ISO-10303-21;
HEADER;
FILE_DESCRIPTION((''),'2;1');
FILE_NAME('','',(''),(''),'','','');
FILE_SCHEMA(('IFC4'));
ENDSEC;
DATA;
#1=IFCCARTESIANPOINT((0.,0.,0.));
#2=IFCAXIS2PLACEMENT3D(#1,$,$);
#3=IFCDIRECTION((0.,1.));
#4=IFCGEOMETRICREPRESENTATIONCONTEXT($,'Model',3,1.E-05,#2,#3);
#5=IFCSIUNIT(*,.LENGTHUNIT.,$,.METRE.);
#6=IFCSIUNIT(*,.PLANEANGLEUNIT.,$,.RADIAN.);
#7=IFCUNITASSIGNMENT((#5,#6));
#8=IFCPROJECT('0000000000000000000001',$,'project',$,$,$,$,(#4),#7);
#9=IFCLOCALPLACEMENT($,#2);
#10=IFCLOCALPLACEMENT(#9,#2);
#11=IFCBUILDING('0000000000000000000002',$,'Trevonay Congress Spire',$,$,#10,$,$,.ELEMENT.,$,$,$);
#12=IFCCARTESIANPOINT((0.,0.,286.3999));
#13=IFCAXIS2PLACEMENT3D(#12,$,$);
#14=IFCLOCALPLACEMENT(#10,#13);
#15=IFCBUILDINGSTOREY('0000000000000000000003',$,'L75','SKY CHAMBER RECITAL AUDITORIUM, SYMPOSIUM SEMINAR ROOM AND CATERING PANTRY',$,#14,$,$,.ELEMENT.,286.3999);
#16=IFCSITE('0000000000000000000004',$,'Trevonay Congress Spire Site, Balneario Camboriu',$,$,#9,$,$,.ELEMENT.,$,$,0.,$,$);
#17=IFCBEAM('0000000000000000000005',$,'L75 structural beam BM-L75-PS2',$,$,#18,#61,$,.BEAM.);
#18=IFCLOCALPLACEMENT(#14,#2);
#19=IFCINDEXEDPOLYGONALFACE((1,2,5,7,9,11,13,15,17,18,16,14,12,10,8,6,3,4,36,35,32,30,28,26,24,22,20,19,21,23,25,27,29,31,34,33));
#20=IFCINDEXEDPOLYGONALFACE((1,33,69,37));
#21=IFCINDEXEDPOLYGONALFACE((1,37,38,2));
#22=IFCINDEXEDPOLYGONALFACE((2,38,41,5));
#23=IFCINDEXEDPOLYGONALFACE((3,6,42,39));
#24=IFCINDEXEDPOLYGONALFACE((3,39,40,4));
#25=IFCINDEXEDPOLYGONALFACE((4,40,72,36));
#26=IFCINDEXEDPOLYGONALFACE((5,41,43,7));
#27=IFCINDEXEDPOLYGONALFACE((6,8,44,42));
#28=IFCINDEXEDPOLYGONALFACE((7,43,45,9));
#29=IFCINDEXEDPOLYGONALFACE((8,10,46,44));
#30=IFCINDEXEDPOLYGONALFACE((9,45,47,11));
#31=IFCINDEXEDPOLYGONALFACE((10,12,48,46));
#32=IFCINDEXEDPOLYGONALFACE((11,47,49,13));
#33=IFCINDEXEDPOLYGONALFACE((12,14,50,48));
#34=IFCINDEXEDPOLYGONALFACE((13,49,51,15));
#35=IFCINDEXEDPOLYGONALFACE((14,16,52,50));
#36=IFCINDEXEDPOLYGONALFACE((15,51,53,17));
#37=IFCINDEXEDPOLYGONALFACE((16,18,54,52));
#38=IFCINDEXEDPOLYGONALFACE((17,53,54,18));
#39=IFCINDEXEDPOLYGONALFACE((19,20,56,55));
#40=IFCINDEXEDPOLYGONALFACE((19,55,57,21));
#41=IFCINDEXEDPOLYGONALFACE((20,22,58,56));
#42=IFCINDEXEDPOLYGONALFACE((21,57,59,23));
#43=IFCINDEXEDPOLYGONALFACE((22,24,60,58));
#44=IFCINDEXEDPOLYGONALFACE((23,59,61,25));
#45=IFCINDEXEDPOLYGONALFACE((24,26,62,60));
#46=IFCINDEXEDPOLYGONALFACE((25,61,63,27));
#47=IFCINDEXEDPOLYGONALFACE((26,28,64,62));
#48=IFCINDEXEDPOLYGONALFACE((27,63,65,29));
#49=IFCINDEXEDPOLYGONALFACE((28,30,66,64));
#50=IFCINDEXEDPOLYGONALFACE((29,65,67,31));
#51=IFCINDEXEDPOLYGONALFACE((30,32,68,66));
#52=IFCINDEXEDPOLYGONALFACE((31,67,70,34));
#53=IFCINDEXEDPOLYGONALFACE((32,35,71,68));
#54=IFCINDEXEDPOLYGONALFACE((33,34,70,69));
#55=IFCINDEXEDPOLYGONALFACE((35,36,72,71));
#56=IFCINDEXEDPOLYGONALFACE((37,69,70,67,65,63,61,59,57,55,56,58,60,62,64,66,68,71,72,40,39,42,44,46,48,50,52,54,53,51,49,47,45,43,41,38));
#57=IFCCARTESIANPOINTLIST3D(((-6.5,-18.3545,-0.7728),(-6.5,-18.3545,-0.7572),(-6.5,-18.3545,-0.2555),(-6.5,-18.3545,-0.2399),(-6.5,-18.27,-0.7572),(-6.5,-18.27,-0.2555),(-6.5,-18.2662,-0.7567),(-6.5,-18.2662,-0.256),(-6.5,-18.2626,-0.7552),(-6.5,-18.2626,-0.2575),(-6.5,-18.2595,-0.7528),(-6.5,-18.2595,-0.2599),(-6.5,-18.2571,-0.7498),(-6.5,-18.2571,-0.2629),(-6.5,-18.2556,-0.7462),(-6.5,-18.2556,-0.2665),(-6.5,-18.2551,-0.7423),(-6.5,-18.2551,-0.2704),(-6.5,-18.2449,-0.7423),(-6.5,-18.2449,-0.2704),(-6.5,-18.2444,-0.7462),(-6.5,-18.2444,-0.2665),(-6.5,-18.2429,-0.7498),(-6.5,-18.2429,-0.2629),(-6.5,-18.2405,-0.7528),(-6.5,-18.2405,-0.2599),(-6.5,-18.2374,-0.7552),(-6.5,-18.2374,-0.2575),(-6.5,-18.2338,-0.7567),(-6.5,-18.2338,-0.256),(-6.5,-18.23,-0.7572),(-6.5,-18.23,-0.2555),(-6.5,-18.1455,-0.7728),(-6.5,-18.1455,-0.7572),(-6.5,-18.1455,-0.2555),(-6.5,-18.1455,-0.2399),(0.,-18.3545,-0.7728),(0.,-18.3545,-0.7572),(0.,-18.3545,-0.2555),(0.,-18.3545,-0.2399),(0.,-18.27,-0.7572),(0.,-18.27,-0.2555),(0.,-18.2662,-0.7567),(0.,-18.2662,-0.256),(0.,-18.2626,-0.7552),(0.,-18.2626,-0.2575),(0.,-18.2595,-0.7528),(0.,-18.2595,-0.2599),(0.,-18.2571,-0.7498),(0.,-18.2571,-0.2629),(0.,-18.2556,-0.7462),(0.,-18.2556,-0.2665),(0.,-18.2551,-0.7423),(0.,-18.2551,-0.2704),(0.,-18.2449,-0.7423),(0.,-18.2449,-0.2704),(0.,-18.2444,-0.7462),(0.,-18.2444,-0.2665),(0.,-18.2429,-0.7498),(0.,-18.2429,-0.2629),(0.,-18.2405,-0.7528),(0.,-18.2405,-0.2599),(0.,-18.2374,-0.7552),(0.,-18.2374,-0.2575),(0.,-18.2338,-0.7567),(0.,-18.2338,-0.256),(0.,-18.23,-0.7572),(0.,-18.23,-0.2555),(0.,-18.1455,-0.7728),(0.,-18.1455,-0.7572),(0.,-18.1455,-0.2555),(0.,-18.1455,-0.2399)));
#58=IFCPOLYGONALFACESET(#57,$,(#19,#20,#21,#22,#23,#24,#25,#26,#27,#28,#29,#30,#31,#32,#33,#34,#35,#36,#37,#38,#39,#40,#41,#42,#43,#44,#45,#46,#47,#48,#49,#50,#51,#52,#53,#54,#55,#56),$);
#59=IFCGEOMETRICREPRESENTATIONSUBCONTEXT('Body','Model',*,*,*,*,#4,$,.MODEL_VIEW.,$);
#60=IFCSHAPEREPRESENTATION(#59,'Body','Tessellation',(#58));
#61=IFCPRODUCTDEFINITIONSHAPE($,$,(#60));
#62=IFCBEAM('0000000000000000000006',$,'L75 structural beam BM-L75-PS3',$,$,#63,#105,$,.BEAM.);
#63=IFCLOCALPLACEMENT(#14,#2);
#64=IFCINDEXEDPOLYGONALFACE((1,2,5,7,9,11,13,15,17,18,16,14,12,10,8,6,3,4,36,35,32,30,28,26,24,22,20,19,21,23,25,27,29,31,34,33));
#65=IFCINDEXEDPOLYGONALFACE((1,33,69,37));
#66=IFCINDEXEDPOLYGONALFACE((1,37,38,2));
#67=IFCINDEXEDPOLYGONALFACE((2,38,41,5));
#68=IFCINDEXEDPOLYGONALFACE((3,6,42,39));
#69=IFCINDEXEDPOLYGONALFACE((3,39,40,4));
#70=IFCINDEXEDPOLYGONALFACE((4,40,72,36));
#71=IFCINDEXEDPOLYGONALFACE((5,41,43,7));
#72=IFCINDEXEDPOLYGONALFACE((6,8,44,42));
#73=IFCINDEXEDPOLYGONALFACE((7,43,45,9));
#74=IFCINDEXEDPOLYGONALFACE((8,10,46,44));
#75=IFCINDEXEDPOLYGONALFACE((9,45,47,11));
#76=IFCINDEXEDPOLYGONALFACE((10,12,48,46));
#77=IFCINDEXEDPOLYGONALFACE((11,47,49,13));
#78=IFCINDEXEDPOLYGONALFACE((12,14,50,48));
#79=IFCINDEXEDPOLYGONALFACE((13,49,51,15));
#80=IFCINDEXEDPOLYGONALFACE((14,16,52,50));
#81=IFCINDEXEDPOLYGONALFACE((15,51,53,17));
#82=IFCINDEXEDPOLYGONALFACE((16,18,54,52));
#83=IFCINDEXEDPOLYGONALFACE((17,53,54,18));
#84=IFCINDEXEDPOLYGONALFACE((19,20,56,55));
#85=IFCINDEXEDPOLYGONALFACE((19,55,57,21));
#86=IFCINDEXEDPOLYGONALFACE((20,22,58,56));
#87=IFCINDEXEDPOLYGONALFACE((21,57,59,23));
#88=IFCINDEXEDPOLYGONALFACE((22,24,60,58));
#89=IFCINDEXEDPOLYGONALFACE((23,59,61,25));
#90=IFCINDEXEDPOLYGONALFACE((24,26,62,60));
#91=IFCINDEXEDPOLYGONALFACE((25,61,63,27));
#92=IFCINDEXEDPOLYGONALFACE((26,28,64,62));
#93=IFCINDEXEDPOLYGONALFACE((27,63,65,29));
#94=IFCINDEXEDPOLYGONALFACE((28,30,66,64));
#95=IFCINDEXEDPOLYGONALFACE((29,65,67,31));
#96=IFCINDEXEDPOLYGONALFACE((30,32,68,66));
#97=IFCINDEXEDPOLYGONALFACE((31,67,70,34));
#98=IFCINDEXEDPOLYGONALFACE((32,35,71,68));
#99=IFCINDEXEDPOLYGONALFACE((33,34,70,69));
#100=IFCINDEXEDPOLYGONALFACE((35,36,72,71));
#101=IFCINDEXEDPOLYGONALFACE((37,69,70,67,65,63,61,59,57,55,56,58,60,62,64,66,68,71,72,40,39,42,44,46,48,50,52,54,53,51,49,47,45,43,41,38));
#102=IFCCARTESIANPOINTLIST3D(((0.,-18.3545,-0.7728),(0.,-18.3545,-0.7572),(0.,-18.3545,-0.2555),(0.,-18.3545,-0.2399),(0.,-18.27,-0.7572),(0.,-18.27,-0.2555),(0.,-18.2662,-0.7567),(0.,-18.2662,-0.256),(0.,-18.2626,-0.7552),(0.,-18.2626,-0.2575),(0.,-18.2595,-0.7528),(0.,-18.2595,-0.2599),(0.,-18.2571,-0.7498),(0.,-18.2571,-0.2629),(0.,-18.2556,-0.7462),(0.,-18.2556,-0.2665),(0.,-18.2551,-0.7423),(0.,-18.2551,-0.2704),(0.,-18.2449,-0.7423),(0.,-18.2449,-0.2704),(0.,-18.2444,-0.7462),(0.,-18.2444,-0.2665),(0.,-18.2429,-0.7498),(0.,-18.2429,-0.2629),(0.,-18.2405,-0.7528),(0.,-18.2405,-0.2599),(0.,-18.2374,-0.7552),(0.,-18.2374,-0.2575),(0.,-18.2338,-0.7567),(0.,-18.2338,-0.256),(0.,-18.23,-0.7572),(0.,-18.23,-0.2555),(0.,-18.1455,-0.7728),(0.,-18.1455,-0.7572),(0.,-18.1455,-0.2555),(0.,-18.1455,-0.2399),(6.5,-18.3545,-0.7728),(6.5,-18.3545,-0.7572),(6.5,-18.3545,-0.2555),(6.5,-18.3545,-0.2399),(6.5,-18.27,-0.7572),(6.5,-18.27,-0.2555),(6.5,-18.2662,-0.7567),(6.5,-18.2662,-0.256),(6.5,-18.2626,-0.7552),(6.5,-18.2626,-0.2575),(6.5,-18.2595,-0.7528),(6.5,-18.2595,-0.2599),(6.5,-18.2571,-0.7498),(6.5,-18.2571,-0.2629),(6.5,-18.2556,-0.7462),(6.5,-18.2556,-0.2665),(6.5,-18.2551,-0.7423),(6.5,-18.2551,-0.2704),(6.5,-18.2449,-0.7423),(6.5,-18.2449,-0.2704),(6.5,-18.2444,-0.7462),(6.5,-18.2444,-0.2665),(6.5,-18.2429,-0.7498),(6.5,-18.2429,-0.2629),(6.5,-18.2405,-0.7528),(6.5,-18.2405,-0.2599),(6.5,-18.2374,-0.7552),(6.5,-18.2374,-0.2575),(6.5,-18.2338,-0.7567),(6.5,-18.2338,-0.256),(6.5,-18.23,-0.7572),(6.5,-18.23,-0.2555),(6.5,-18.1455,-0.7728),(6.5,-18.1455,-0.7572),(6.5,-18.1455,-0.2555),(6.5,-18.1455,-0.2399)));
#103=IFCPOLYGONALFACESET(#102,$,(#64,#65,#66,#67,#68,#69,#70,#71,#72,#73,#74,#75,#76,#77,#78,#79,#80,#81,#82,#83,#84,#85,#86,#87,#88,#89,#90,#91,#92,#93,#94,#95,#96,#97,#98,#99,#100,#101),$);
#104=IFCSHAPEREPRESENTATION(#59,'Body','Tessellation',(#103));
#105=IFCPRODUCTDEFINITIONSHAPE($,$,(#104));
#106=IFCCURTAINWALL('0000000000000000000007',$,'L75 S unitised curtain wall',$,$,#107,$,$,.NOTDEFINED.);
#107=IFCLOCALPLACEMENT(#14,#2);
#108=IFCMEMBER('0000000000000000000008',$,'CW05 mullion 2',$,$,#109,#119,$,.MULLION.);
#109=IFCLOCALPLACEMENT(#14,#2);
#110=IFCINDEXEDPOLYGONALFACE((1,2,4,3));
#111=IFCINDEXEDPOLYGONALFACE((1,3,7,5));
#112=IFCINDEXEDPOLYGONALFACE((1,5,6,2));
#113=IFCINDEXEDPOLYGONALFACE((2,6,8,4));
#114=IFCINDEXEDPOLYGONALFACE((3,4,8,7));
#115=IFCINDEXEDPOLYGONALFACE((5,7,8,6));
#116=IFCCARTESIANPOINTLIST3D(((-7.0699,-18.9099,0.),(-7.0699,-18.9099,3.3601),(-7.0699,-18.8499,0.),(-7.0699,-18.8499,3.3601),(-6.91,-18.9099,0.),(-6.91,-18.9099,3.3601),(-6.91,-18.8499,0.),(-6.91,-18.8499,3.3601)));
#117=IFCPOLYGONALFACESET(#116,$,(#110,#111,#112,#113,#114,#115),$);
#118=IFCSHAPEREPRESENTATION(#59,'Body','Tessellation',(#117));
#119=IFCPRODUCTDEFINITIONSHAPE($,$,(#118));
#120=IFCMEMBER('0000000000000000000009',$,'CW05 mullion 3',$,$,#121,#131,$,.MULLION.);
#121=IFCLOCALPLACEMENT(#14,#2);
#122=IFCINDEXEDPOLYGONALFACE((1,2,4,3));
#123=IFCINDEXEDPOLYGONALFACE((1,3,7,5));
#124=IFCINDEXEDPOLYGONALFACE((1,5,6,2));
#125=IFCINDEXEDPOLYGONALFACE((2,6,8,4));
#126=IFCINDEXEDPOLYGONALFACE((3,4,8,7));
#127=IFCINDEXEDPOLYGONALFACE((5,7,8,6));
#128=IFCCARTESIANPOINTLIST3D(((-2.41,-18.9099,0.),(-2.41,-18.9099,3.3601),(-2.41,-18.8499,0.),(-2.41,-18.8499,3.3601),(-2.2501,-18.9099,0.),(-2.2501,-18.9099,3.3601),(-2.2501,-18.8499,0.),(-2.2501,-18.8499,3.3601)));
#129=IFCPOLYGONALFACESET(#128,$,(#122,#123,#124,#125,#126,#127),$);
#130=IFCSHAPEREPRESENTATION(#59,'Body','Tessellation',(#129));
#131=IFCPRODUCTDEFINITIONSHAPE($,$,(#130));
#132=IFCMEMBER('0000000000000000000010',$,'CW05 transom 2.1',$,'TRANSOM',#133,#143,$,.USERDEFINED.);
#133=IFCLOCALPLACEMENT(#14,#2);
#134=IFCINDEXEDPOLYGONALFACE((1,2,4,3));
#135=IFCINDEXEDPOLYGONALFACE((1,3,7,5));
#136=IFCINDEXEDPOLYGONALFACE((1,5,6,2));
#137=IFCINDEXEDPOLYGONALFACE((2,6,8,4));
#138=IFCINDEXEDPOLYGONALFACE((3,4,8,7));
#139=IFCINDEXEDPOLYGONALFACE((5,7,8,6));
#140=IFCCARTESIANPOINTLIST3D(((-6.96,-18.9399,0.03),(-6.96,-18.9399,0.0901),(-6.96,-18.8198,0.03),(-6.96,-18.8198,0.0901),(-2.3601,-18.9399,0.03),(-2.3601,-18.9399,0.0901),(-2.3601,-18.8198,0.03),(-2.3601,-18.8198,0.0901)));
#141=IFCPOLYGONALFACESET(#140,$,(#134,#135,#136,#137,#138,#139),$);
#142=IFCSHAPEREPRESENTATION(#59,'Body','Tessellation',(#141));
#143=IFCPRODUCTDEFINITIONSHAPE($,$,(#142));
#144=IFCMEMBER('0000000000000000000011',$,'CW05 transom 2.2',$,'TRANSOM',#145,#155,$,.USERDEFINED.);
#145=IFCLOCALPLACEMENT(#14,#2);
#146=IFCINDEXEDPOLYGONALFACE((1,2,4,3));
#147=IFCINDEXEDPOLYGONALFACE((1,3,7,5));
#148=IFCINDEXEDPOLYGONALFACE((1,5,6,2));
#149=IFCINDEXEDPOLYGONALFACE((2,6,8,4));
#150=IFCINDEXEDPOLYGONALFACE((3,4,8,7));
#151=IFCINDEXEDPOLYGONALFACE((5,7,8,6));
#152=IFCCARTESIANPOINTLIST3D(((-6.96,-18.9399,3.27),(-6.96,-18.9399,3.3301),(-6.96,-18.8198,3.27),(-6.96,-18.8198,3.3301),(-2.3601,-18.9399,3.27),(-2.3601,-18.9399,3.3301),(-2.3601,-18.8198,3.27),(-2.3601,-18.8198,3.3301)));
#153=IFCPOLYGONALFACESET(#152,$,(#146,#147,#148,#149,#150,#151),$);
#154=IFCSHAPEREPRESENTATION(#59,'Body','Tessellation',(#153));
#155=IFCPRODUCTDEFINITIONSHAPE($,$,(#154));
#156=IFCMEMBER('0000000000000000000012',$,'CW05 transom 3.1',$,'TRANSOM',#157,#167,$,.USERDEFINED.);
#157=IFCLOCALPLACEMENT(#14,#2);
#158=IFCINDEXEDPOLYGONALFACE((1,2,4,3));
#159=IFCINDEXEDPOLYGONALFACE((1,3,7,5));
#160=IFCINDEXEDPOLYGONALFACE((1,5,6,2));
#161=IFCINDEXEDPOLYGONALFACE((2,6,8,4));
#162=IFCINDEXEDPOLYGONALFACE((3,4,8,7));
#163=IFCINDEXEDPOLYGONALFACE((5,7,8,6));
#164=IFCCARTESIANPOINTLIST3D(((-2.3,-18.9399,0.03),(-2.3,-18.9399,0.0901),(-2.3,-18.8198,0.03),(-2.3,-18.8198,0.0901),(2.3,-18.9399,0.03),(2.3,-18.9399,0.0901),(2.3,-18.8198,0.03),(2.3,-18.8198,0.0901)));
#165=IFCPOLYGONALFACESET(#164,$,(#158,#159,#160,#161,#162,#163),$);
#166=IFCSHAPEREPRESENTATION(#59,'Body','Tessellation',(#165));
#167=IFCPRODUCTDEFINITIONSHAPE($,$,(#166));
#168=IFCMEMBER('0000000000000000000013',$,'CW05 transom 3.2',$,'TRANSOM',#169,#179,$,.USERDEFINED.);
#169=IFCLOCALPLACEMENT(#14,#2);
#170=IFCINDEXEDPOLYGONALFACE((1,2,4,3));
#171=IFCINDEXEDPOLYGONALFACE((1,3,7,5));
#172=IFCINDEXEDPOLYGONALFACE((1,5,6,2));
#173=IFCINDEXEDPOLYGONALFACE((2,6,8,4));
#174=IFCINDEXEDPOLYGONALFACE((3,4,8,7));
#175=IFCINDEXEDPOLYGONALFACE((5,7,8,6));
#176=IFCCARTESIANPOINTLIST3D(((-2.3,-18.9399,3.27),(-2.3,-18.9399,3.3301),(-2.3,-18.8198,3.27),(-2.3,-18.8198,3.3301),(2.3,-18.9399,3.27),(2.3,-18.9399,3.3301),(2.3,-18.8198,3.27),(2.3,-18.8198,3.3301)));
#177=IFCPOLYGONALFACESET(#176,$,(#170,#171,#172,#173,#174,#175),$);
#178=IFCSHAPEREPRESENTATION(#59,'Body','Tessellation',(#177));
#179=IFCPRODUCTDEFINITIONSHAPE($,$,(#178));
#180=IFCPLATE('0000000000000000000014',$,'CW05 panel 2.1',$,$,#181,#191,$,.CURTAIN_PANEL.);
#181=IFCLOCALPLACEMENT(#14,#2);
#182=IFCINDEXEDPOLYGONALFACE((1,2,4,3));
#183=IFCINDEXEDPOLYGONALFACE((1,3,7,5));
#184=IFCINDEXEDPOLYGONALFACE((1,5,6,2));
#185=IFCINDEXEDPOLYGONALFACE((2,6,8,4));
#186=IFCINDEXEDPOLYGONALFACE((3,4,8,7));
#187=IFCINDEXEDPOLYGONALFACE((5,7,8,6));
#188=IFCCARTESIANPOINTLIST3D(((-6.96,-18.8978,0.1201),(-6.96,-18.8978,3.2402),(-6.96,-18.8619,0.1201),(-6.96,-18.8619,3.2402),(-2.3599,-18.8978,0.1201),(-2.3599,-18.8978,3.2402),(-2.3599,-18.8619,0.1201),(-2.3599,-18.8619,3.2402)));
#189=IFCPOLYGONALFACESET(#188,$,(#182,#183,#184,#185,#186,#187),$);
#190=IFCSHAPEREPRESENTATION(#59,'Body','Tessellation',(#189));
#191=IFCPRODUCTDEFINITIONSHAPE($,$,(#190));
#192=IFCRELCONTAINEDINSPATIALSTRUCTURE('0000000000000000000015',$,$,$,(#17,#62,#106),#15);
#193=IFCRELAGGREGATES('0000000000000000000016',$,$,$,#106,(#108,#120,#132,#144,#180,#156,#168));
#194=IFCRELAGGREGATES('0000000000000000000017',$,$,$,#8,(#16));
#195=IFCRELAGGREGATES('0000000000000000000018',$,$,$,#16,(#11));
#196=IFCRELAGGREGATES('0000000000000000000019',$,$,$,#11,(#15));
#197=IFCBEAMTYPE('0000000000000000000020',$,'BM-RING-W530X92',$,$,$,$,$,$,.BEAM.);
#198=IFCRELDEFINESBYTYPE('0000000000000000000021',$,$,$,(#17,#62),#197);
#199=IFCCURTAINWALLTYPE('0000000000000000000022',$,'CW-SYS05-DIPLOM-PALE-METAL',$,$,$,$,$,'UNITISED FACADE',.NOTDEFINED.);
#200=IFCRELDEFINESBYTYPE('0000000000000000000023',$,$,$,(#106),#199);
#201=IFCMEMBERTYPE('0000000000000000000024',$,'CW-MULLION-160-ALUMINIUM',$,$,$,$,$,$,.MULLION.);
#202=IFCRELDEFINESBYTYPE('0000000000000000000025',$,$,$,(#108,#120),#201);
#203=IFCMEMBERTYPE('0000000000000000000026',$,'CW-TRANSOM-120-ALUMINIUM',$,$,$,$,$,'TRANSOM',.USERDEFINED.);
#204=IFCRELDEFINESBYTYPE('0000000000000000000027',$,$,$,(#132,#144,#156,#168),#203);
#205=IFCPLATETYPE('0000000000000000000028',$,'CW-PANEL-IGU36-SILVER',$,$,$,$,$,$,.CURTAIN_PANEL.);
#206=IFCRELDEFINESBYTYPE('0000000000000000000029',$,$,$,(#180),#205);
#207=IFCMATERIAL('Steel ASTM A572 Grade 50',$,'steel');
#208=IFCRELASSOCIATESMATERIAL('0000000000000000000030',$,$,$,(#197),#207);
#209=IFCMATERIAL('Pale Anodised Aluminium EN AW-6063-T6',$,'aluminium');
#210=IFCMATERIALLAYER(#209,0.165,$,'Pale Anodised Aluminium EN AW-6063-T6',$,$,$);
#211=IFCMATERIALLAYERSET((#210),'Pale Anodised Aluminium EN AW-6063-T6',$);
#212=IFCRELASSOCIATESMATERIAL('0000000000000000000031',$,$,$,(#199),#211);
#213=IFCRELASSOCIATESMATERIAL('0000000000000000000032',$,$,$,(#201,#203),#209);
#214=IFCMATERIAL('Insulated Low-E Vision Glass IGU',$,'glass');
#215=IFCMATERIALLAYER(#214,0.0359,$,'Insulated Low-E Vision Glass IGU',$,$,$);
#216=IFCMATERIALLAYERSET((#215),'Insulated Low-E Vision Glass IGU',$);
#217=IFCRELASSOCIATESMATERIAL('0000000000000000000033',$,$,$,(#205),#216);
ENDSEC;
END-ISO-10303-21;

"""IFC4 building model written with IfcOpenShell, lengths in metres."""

from ifc_helpers import new_model, si_unit, direction, frame, origin, origin_2d, place, context, subcontext, project, spatial, rectangle, i_section, extrude, material, layer, layer_set, material_profile, profile_set, type_object, element, aggregate, save


model = new_model("IFC4")

# Units and contexts
model_context = context("Model", 3, precision=1e-05, world=origin(), true_north=direction((0.0, 1.0)))
body_context = subcontext(model_context, "Body", "Model", "MODEL_VIEW")
ifc_project = project(units=[si_unit("LENGTHUNIT", "METRE"), si_unit("PLANEANGLEUNIT", "RADIAN")], contexts=[model_context])

# Site, building, storey
site_placement = place(None, origin())
site = spatial("IfcSite", under=ifc_project, at=site_placement, Name="Trevonay Congress Spire Site, Balneario Camboriu", CompositionType="ELEMENT", RefElevation=0.0)
building_placement = place(site_placement, origin())
building = spatial("IfcBuilding", under=site, at=building_placement, Name="Trevonay Congress Spire", CompositionType="ELEMENT")
storey_placement = place(building_placement, frame((0.0, 0.0, 286.3999)))
storey = spatial("IfcBuildingStorey", under=building, at=storey_placement, Name="L75", Description="SKY CHAMBER RECITAL AUDITORIUM, SYMPOSIUM SEMINAR ROOM AND CATERING PANTRY", CompositionType="ELEMENT", Elevation=286.3999)

# Shared definitions
ifc_material_1 = material(Name="Steel ASTM A572 Grade 50", Category="steel")

# Beams
ifc_material_profile_1 = material_profile(ifc_material_1, i_section(OverallWidth=0.209, OverallDepth=0.533, WebThickness=0.0103, FlangeThickness=0.0156, FilletRadius=0.0149, at=origin_2d()), Name="W530x92")
ifc_profile_set_1 = profile_set([ifc_material_profile_1], Name="Steel ASTM A572 Grade 50")
beam_type_1 = type_object("IfcBeamType", Name="BM-RING-W530X92", PredefinedType="BEAM", material=ifc_profile_set_1)
for number, where, z_axis, x_axis, name in (
    (1, (-6.5, -18.25, -0.5063), (1.0, 0.0, 0.0), (0.0, 1.0, 0.0), "L75 structural beam BM-L75-PS2"),
    (2, (0.0, -18.25, -0.5063), (1.0, 0.0, 0.0), (0.0, 1.0, 0.0), "L75 structural beam BM-L75-PS3"),
):
    element("IfcBeam", number, at=place(storey_placement, frame(where, z_axis=z_axis, x_axis=x_axis)), inside=storey, type_object=beam_type_1, Name=name, PredefinedType="BEAM", context=body_context, shape_type="SweptSolid", body=[
        extrude(i_section(OverallWidth=0.209, OverallDepth=0.533, WebThickness=0.0103, FlangeThickness=0.0156, FilletRadius=0.0149, at=origin_2d()), origin(), (0.0, 0.0, 1.0), 6.5),
    ])

# Curtain wall, members, plate
ifc_material_2 = material(Name="Pale Anodised Aluminium EN AW-6063-T6", Category="aluminium")
ifc_layer_1 = layer(ifc_material_2, 0.165, Name="Pale Anodised Aluminium EN AW-6063-T6")
ifc_layer_set_1 = layer_set([ifc_layer_1], Name="Pale Anodised Aluminium EN AW-6063-T6")
curtain_wall_type = type_object("IfcCurtainWallType", Name="CW-SYS05-DIPLOM-PALE-METAL", ElementType="UNITISED FACADE", PredefinedType="NOTDEFINED", material=ifc_layer_set_1)
curtain_wall_placement = place(storey_placement, origin())
curtain_wall = element("IfcCurtainWall", 3, at=curtain_wall_placement, inside=storey, type_object=curtain_wall_type, Name="L75 S unitised curtain wall", PredefinedType="NOTDEFINED")
ifc_material_profile_2 = material_profile(ifc_material_2, rectangle(XDim=0.0601, YDim=0.1599, at=origin_2d()), Name="CW-MULLION-160-ALUMINIUM")
ifc_profile_set_2 = profile_set([ifc_material_profile_2], Name="Pale Anodised Aluminium EN AW-6063-T6")
member_type_1 = type_object("IfcMemberType", Name="CW-MULLION-160-ALUMINIUM", PredefinedType="MULLION", material=ifc_profile_set_2)
member_1_placement = place(storey_placement, frame((-6.99, -18.8799, 0.0), z_axis=(0.0, 0.0, 1.0), x_axis=(0.0, 1.0, 0.0)))
member_1 = element("IfcMember", 4, at=member_1_placement, type_object=member_type_1, Name="CW05 mullion 2", PredefinedType="MULLION", context=body_context, shape_type="SweptSolid", body=[
    extrude(rectangle(XDim=0.0601, YDim=0.1599, at=origin_2d()), origin(), (0.0, 0.0, 1.0), 3.3601),
])
member_2_placement = place(storey_placement, frame((-2.3301, -18.8799, 0.0), z_axis=(0.0, 0.0, 1.0), x_axis=(0.0, 1.0, 0.0)))
member_2 = element("IfcMember", 5, at=member_2_placement, type_object=member_type_1, Name="CW05 mullion 3", PredefinedType="MULLION", context=body_context, shape_type="SweptSolid", body=[
    extrude(rectangle(XDim=0.0601, YDim=0.1599, at=origin_2d()), origin(), (0.0, 0.0, 1.0), 3.3601),
])
ifc_material_profile_3 = material_profile(ifc_material_2, rectangle(XDim=0.1201, YDim=0.0601, at=origin_2d()), Name="CW-TRANSOM-120-ALUMINIUM")
ifc_profile_set_3 = profile_set([ifc_material_profile_3], Name="Pale Anodised Aluminium EN AW-6063-T6")
member_type_2 = type_object("IfcMemberType", Name="CW-TRANSOM-120-ALUMINIUM", ElementType="TRANSOM", PredefinedType="USERDEFINED", material=ifc_profile_set_3)
member_3_placement = place(storey_placement, frame((-6.96, -18.8799, 0.0601), z_axis=(1.0, 0.0, 0.0), x_axis=(0.0, 1.0, 0.0)))
member_3 = element("IfcMember", 6, at=member_3_placement, type_object=member_type_2, Name="CW05 transom 2.1", ObjectType="TRANSOM", PredefinedType="USERDEFINED", context=body_context, shape_type="SweptSolid", body=[
    extrude(rectangle(XDim=0.1201, YDim=0.0601, at=origin_2d()), origin(), (0.0, 0.0, 1.0), 4.5999),
])
member_4_placement = place(storey_placement, frame((-6.96, -18.8799, 3.3), z_axis=(1.0, 0.0, 0.0), x_axis=(0.0, 1.0, 0.0)))
member_4 = element("IfcMember", 7, at=member_4_placement, type_object=member_type_2, Name="CW05 transom 2.2", ObjectType="TRANSOM", PredefinedType="USERDEFINED", context=body_context, shape_type="SweptSolid", body=[
    extrude(rectangle(XDim=0.1201, YDim=0.0601, at=origin_2d()), origin(), (0.0, 0.0, 1.0), 4.5999),
])
member_5_placement = place(storey_placement, frame((-2.3, -18.8799, 0.0601), z_axis=(1.0, 0.0, 0.0), x_axis=(0.0, 1.0, 0.0)))
member_5 = element("IfcMember", 8, at=member_5_placement, type_object=member_type_2, Name="CW05 transom 3.1", ObjectType="TRANSOM", PredefinedType="USERDEFINED", context=body_context, shape_type="SweptSolid", body=[
    extrude(rectangle(XDim=0.1201, YDim=0.0601, at=origin_2d()), origin(), (0.0, 0.0, 1.0), 4.6001),
])
member_6_placement = place(storey_placement, frame((-2.3, -18.8799, 3.3), z_axis=(1.0, 0.0, 0.0), x_axis=(0.0, 1.0, 0.0)))
member_6 = element("IfcMember", 9, at=member_6_placement, type_object=member_type_2, Name="CW05 transom 3.2", ObjectType="TRANSOM", PredefinedType="USERDEFINED", context=body_context, shape_type="SweptSolid", body=[
    extrude(rectangle(XDim=0.1201, YDim=0.0601, at=origin_2d()), origin(), (0.0, 0.0, 1.0), 4.6001),
])
ifc_material_3 = material(Name="Insulated Low-E Vision Glass IGU", Category="glass")
ifc_layer_2 = layer(ifc_material_3, 0.0359, Name="Insulated Low-E Vision Glass IGU")
ifc_layer_set_2 = layer_set([ifc_layer_2], Name="Insulated Low-E Vision Glass IGU")
plate_type = type_object("IfcPlateType", Name="CW-PANEL-IGU36-SILVER", PredefinedType="CURTAIN_PANEL", material=ifc_layer_set_2)
plate_1_placement = place(storey_placement, frame((-4.6599, -18.8799, 0.1201), z_axis=(0.0, 0.0, 1.0), x_axis=(1.0, 0.0, 0.0)))
plate_1 = element("IfcPlate", 10, at=plate_1_placement, type_object=plate_type, Name="CW05 panel 2.1", PredefinedType="CURTAIN_PANEL", context=body_context, shape_type="SweptSolid", body=[
    extrude(rectangle(XDim=4.6001, YDim=0.0359, at=origin_2d()), origin(), (0.0, 0.0, 1.0), 3.1201),
])
aggregate(curtain_wall, [member_1, member_2, member_3, member_4, plate_1, member_5, member_6])

save(model, "model.ifc")
